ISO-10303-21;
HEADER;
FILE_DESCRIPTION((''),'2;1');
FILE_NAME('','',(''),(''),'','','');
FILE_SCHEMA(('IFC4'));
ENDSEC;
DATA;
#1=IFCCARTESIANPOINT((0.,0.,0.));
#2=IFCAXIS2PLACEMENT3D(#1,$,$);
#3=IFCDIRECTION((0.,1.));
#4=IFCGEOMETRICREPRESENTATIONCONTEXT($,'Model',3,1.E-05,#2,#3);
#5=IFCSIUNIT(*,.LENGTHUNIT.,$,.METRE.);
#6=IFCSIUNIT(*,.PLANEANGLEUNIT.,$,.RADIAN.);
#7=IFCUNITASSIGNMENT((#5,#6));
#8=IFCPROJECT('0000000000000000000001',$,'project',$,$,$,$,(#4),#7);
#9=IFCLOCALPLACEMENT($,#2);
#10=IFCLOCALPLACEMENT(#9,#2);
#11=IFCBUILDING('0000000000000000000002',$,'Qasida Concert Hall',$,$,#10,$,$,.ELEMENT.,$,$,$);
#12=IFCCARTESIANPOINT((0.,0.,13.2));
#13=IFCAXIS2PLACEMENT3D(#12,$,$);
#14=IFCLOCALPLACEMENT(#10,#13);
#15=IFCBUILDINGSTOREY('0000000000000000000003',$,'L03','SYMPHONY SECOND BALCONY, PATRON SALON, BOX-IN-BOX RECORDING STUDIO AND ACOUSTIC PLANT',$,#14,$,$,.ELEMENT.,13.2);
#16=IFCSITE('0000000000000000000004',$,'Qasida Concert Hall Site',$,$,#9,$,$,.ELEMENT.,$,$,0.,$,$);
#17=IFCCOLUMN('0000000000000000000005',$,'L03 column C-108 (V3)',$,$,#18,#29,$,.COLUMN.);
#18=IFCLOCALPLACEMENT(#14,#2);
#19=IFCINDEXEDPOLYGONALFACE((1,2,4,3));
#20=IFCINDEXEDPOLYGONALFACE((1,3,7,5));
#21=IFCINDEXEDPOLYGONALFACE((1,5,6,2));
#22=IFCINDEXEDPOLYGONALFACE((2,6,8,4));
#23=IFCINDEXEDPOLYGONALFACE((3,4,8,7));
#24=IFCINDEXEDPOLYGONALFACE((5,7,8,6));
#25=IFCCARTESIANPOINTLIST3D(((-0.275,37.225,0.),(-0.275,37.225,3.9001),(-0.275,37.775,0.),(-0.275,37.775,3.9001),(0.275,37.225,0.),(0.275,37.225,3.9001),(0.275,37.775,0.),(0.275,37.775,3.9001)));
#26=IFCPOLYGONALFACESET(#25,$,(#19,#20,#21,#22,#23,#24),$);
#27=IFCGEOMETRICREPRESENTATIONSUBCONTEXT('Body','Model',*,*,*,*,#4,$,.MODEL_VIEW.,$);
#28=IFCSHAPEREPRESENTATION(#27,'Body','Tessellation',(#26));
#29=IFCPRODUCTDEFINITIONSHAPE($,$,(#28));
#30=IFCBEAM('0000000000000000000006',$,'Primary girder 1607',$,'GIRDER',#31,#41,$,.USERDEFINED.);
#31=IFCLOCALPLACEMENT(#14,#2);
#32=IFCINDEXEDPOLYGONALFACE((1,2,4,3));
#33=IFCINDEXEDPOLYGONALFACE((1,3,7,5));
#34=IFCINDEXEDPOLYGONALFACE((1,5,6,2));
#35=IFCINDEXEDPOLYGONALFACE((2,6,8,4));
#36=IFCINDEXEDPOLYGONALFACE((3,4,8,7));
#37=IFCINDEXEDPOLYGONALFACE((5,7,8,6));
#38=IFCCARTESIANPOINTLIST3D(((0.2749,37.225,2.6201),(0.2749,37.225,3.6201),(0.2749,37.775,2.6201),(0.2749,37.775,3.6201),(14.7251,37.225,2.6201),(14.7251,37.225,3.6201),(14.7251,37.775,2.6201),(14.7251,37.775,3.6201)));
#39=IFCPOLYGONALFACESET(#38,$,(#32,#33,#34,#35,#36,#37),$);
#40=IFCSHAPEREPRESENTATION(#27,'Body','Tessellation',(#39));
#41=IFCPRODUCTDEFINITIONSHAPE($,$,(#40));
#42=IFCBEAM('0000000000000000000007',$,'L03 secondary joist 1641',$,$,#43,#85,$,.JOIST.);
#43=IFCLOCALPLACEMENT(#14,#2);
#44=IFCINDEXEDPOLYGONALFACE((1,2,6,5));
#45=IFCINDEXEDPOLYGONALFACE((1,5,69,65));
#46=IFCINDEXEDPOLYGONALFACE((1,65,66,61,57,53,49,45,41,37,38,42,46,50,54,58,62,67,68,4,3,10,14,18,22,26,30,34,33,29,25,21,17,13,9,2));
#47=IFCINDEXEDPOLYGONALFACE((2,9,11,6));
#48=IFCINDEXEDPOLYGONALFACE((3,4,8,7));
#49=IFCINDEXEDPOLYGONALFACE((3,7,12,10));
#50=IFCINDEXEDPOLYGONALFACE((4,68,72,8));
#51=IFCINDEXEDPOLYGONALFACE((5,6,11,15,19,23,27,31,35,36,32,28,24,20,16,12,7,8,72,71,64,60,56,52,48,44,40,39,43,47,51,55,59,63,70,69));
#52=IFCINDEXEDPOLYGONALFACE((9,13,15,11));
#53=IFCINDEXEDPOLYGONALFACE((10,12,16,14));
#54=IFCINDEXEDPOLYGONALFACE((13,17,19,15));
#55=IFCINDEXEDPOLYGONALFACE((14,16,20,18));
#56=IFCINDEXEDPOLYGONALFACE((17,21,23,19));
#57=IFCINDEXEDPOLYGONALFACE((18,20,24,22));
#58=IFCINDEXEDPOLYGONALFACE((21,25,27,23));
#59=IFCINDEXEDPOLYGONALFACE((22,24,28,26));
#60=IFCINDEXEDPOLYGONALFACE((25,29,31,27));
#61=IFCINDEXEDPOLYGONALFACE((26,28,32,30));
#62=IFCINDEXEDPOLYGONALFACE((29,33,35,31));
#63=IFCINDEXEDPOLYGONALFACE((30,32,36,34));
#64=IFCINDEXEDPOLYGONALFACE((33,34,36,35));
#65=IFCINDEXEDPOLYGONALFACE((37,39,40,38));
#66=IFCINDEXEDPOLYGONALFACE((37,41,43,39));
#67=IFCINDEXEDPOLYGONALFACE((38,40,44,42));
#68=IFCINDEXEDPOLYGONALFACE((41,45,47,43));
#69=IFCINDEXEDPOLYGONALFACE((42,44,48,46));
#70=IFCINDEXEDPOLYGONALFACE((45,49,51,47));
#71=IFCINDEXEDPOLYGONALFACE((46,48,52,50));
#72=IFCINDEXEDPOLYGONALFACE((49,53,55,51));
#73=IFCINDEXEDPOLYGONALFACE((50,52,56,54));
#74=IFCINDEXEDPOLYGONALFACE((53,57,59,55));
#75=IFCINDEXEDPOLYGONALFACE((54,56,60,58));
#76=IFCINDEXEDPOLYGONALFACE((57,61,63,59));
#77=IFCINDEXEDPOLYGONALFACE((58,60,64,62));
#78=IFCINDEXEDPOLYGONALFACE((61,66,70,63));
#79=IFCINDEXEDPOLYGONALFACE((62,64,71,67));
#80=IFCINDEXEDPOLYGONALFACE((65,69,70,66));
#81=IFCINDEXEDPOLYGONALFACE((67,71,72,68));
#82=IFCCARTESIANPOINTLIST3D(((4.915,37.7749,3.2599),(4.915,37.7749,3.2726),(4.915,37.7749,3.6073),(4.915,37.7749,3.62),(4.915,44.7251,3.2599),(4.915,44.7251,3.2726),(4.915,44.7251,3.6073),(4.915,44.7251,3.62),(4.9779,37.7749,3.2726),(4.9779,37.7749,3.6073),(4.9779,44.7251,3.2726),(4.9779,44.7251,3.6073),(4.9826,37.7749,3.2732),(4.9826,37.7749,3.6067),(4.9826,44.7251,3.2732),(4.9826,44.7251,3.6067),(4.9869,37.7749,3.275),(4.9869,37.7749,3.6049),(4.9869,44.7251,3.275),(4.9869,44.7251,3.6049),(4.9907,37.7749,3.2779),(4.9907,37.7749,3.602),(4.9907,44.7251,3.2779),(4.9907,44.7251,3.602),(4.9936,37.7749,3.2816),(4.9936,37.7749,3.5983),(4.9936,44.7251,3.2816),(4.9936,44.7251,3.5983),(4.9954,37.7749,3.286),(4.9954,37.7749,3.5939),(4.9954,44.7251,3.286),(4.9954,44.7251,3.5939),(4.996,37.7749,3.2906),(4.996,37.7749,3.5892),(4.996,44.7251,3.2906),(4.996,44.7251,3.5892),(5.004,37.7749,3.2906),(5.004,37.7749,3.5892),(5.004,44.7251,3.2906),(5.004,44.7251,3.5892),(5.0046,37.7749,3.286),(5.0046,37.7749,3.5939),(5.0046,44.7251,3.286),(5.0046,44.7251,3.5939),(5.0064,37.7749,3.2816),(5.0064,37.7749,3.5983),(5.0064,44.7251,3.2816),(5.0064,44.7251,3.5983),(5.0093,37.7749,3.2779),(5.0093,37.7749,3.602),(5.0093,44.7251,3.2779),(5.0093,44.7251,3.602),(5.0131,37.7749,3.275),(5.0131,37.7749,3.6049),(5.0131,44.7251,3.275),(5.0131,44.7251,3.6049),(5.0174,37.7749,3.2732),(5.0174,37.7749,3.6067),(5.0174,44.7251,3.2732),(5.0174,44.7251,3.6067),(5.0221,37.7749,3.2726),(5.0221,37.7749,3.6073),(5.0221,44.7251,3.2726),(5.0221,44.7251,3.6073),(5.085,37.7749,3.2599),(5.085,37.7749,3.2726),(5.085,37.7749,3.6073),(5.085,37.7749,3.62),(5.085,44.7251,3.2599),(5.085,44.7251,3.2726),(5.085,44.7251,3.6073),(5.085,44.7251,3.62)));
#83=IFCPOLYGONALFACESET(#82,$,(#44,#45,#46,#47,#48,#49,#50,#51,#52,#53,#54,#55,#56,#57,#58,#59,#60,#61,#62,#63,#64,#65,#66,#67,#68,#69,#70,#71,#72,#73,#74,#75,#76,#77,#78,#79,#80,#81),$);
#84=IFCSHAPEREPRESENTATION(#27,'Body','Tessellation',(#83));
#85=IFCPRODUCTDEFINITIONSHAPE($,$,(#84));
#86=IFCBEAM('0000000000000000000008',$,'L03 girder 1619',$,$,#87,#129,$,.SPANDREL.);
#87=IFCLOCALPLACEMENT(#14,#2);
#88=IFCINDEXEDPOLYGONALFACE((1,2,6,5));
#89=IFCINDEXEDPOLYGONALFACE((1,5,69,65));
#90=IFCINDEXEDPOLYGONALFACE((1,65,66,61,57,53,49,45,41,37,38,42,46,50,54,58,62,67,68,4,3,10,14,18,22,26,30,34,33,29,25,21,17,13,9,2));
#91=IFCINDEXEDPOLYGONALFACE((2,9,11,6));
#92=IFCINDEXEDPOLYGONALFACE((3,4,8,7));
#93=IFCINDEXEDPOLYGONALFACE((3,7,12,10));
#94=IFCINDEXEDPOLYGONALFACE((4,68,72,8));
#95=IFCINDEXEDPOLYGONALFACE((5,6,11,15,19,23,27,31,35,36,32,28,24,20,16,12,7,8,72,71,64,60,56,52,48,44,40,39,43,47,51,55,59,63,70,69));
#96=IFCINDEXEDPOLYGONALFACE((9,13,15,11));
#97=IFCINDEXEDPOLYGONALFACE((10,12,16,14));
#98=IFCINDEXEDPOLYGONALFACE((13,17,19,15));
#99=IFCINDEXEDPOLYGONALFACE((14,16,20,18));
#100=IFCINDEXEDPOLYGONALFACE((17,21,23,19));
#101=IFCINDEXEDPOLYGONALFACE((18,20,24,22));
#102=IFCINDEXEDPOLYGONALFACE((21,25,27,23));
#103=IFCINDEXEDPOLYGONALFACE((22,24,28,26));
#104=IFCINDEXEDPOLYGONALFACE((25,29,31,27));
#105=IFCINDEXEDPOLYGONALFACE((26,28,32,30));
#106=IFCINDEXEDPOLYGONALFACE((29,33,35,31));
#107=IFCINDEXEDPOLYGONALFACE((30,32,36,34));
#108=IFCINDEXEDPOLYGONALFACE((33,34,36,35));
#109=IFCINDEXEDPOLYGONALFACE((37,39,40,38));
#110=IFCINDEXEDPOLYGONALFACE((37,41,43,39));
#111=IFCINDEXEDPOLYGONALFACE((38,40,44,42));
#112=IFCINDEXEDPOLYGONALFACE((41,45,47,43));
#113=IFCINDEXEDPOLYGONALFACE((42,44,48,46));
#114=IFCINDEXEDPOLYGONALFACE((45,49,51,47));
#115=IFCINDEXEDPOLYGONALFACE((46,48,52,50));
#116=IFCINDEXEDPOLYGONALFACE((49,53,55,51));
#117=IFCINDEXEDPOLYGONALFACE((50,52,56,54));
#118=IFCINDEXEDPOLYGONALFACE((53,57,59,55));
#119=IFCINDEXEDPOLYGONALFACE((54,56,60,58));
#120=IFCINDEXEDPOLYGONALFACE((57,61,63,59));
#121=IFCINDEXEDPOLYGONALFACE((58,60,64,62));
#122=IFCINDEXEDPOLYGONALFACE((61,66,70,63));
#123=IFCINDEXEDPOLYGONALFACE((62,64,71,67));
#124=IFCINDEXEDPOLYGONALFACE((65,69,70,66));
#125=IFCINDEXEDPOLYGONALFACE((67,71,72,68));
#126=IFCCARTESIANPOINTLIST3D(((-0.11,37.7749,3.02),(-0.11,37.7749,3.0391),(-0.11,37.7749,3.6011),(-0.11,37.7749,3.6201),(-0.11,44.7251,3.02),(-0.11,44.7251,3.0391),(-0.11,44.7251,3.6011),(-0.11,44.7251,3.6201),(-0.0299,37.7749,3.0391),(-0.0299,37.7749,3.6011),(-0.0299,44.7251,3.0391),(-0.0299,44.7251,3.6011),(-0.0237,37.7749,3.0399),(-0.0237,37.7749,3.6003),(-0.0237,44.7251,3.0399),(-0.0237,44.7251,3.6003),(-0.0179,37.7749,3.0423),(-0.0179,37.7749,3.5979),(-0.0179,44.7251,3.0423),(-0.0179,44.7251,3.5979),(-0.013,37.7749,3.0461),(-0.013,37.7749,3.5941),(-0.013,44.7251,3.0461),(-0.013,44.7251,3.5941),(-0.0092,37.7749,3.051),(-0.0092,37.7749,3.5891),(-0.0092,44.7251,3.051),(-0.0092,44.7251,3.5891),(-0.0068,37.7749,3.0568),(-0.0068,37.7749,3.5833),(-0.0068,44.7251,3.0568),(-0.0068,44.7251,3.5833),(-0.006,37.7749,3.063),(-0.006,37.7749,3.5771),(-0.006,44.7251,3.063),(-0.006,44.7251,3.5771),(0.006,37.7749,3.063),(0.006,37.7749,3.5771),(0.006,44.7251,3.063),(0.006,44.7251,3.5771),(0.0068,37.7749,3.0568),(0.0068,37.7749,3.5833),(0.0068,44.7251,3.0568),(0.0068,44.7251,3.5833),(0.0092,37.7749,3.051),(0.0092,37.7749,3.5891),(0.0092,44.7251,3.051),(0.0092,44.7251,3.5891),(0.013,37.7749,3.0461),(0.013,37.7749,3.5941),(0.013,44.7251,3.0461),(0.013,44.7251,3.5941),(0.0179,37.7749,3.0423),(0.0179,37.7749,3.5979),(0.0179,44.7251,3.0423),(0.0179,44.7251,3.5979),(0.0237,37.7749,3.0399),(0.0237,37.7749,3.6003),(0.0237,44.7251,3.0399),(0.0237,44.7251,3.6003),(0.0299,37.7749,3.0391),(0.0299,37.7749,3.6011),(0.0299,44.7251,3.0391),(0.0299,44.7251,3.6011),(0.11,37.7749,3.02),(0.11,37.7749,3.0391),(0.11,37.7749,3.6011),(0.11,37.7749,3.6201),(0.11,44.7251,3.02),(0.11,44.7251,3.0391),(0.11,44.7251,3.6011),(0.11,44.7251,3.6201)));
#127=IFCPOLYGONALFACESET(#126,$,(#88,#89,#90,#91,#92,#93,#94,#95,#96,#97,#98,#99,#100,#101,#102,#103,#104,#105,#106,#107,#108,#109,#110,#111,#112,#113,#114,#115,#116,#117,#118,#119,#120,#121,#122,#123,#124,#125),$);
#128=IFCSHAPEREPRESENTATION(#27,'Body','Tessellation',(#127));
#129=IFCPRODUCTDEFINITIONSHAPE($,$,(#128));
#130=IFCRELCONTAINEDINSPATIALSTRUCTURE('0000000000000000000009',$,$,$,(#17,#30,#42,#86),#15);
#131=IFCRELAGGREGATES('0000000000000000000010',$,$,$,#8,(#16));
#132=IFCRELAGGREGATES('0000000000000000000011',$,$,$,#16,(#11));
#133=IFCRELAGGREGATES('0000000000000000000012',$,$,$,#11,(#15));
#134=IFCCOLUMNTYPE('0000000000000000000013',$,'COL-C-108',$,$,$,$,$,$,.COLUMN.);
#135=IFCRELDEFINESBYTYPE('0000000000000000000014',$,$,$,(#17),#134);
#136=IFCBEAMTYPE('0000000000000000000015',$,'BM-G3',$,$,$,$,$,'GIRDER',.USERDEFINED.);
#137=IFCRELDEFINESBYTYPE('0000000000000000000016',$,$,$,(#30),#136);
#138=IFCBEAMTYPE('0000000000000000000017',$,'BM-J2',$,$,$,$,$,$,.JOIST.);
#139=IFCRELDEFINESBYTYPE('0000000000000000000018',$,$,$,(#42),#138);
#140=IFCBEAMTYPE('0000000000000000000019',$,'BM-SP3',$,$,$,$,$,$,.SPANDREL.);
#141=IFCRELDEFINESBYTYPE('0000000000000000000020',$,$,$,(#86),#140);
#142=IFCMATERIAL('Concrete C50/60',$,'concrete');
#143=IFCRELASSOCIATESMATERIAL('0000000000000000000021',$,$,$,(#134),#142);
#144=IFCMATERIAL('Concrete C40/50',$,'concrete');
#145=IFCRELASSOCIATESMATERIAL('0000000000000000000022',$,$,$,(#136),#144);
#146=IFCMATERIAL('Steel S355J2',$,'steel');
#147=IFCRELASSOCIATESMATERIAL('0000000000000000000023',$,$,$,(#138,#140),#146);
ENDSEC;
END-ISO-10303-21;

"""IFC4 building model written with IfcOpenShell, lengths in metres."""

from ifc_helpers import new_model, si_unit, direction, frame, origin, origin_2d, place, context, subcontext, project, spatial, rectangle, i_section, extrude, material, material_profile, profile_set, type_object, element, save


model = new_model("IFC4")

# Units and contexts
model_context = context("Model", 3, precision=1e-05, world=origin(), true_north=direction((0.0, 1.0)))
body_context = subcontext(model_context, "Body", "Model", "MODEL_VIEW")
ifc_project = project(units=[si_unit("LENGTHUNIT", "METRE"), si_unit("PLANEANGLEUNIT", "RADIAN")], contexts=[model_context])

# Site, building, storey
site_placement = place(None, origin())
site = spatial("IfcSite", under=ifc_project, at=site_placement, Name="Qasida Concert Hall Site", CompositionType="ELEMENT", RefElevation=0.0)
building_placement = place(site_placement, origin())
building = spatial("IfcBuilding", under=site, at=building_placement, Name="Qasida Concert Hall", CompositionType="ELEMENT")
storey_placement = place(building_placement, frame((0.0, 0.0, 13.2)))
storey = spatial("IfcBuildingStorey", under=building, at=storey_placement, Name="L03", Description="SYMPHONY SECOND BALCONY, PATRON SALON, BOX-IN-BOX RECORDING STUDIO AND ACOUSTIC PLANT", CompositionType="ELEMENT", Elevation=13.2)

# Column
ifc_material_1 = material(Name="Concrete C50/60", Category="concrete")
ifc_material_profile_1 = material_profile(ifc_material_1, rectangle(XDim=0.55, YDim=0.55, at=origin_2d()), Name="RC 550x550")
ifc_profile_set_1 = profile_set([ifc_material_profile_1], Name="Concrete C50/60")
column_type = type_object("IfcColumnType", Name="COL-C-108", PredefinedType="COLUMN", material=ifc_profile_set_1)
column_placement = place(storey_placement, frame((0.0, 37.5, 0.0), z_axis=(0.0, 0.0, 1.0), x_axis=(1.0, 0.0, 0.0)))
element("IfcColumn", 1, at=column_placement, inside=storey, type_object=column_type, Name="L03 column C-108 (V3)", PredefinedType="COLUMN", context=body_context, shape_type="SweptSolid", body=[
    extrude(rectangle(XDim=0.55, YDim=0.55, at=origin_2d()), origin(), (0.0, 0.0, 1.0), 3.9001),
])

# Beams
ifc_material_2 = material(Name="Concrete C40/50", Category="concrete")
ifc_material_profile_2 = material_profile(ifc_material_2, rectangle(XDim=0.55, YDim=1.0, at=origin_2d()), Name="RC 550x1000")
ifc_profile_set_2 = profile_set([ifc_material_profile_2], Name="Concrete C40/50")
beam_type_1 = type_object("IfcBeamType", Name="BM-G3", ElementType="GIRDER", PredefinedType="USERDEFINED", material=ifc_profile_set_2)
beam_1_placement = place(storey_placement, frame((0.2749, 37.5, 3.1201), z_axis=(1.0, 0.0, 0.0), x_axis=(0.0, 1.0, 0.0)))
element("IfcBeam", 2, at=beam_1_placement, inside=storey, type_object=beam_type_1, Name="Primary girder 1607", ObjectType="GIRDER", PredefinedType="USERDEFINED", context=body_context, shape_type="SweptSolid", body=[
    extrude(rectangle(XDim=0.55, YDim=1.0, at=origin_2d()), origin(), (0.0, 0.0, 1.0), 14.4502),
])
ifc_material_3 = material(Name="Steel S355J2", Category="steel")
ifc_material_profile_3 = material_profile(ifc_material_3, i_section(OverallWidth=0.1699, OverallDepth=0.3601, WebThickness=0.0081, FlangeThickness=0.0127, FilletRadius=0.0181, at=origin_2d()), Name="IPE 360")
ifc_profile_set_3 = profile_set([ifc_material_profile_3], Name="Steel S355J2")
beam_type_2 = type_object("IfcBeamType", Name="BM-J2", PredefinedType="JOIST", material=ifc_profile_set_3)
beam_2_placement = place(storey_placement, frame((5.0, 37.7749, 3.4399), z_axis=(0.0, 1.0, 0.0), x_axis=(-1.0, 0.0, 0.0)))
element("IfcBeam", 3, at=beam_2_placement, inside=storey, type_object=beam_type_2, Name="L03 secondary joist 1641", PredefinedType="JOIST", context=body_context, shape_type="SweptSolid", body=[
    extrude(i_section(OverallWidth=0.1699, OverallDepth=0.3601, WebThickness=0.0081, FlangeThickness=0.0127, FilletRadius=0.0181, at=origin_2d()), origin(), (0.0, 0.0, 1.0), 6.9502),
])
ifc_material_profile_4 = material_profile(ifc_material_3, i_section(OverallWidth=0.22, OverallDepth=0.6001, WebThickness=0.012, FlangeThickness=0.019, FilletRadius=0.0239, at=origin_2d()), Name="IPE 600")
ifc_profile_set_4 = profile_set([ifc_material_profile_4], Name="Steel S355J2")
beam_type_3 = type_object("IfcBeamType", Name="BM-SP3", PredefinedType="SPANDREL", material=ifc_profile_set_4)
beam_3_placement = place(storey_placement, frame((0.0, 37.7749, 3.3201), z_axis=(0.0, 1.0, 0.0), x_axis=(-1.0, 0.0, 0.0)))
element("IfcBeam", 4, at=beam_3_placement, inside=storey, type_object=beam_type_3, Name="L03 girder 1619", PredefinedType="SPANDREL", context=body_context, shape_type="SweptSolid", body=[
    extrude(i_section(OverallWidth=0.22, OverallDepth=0.6001, WebThickness=0.012, FlangeThickness=0.019, FilletRadius=0.0239, at=origin_2d()), origin(), (0.0, 0.0, 1.0), 6.9502),
])

save(model, "model.ifc")
